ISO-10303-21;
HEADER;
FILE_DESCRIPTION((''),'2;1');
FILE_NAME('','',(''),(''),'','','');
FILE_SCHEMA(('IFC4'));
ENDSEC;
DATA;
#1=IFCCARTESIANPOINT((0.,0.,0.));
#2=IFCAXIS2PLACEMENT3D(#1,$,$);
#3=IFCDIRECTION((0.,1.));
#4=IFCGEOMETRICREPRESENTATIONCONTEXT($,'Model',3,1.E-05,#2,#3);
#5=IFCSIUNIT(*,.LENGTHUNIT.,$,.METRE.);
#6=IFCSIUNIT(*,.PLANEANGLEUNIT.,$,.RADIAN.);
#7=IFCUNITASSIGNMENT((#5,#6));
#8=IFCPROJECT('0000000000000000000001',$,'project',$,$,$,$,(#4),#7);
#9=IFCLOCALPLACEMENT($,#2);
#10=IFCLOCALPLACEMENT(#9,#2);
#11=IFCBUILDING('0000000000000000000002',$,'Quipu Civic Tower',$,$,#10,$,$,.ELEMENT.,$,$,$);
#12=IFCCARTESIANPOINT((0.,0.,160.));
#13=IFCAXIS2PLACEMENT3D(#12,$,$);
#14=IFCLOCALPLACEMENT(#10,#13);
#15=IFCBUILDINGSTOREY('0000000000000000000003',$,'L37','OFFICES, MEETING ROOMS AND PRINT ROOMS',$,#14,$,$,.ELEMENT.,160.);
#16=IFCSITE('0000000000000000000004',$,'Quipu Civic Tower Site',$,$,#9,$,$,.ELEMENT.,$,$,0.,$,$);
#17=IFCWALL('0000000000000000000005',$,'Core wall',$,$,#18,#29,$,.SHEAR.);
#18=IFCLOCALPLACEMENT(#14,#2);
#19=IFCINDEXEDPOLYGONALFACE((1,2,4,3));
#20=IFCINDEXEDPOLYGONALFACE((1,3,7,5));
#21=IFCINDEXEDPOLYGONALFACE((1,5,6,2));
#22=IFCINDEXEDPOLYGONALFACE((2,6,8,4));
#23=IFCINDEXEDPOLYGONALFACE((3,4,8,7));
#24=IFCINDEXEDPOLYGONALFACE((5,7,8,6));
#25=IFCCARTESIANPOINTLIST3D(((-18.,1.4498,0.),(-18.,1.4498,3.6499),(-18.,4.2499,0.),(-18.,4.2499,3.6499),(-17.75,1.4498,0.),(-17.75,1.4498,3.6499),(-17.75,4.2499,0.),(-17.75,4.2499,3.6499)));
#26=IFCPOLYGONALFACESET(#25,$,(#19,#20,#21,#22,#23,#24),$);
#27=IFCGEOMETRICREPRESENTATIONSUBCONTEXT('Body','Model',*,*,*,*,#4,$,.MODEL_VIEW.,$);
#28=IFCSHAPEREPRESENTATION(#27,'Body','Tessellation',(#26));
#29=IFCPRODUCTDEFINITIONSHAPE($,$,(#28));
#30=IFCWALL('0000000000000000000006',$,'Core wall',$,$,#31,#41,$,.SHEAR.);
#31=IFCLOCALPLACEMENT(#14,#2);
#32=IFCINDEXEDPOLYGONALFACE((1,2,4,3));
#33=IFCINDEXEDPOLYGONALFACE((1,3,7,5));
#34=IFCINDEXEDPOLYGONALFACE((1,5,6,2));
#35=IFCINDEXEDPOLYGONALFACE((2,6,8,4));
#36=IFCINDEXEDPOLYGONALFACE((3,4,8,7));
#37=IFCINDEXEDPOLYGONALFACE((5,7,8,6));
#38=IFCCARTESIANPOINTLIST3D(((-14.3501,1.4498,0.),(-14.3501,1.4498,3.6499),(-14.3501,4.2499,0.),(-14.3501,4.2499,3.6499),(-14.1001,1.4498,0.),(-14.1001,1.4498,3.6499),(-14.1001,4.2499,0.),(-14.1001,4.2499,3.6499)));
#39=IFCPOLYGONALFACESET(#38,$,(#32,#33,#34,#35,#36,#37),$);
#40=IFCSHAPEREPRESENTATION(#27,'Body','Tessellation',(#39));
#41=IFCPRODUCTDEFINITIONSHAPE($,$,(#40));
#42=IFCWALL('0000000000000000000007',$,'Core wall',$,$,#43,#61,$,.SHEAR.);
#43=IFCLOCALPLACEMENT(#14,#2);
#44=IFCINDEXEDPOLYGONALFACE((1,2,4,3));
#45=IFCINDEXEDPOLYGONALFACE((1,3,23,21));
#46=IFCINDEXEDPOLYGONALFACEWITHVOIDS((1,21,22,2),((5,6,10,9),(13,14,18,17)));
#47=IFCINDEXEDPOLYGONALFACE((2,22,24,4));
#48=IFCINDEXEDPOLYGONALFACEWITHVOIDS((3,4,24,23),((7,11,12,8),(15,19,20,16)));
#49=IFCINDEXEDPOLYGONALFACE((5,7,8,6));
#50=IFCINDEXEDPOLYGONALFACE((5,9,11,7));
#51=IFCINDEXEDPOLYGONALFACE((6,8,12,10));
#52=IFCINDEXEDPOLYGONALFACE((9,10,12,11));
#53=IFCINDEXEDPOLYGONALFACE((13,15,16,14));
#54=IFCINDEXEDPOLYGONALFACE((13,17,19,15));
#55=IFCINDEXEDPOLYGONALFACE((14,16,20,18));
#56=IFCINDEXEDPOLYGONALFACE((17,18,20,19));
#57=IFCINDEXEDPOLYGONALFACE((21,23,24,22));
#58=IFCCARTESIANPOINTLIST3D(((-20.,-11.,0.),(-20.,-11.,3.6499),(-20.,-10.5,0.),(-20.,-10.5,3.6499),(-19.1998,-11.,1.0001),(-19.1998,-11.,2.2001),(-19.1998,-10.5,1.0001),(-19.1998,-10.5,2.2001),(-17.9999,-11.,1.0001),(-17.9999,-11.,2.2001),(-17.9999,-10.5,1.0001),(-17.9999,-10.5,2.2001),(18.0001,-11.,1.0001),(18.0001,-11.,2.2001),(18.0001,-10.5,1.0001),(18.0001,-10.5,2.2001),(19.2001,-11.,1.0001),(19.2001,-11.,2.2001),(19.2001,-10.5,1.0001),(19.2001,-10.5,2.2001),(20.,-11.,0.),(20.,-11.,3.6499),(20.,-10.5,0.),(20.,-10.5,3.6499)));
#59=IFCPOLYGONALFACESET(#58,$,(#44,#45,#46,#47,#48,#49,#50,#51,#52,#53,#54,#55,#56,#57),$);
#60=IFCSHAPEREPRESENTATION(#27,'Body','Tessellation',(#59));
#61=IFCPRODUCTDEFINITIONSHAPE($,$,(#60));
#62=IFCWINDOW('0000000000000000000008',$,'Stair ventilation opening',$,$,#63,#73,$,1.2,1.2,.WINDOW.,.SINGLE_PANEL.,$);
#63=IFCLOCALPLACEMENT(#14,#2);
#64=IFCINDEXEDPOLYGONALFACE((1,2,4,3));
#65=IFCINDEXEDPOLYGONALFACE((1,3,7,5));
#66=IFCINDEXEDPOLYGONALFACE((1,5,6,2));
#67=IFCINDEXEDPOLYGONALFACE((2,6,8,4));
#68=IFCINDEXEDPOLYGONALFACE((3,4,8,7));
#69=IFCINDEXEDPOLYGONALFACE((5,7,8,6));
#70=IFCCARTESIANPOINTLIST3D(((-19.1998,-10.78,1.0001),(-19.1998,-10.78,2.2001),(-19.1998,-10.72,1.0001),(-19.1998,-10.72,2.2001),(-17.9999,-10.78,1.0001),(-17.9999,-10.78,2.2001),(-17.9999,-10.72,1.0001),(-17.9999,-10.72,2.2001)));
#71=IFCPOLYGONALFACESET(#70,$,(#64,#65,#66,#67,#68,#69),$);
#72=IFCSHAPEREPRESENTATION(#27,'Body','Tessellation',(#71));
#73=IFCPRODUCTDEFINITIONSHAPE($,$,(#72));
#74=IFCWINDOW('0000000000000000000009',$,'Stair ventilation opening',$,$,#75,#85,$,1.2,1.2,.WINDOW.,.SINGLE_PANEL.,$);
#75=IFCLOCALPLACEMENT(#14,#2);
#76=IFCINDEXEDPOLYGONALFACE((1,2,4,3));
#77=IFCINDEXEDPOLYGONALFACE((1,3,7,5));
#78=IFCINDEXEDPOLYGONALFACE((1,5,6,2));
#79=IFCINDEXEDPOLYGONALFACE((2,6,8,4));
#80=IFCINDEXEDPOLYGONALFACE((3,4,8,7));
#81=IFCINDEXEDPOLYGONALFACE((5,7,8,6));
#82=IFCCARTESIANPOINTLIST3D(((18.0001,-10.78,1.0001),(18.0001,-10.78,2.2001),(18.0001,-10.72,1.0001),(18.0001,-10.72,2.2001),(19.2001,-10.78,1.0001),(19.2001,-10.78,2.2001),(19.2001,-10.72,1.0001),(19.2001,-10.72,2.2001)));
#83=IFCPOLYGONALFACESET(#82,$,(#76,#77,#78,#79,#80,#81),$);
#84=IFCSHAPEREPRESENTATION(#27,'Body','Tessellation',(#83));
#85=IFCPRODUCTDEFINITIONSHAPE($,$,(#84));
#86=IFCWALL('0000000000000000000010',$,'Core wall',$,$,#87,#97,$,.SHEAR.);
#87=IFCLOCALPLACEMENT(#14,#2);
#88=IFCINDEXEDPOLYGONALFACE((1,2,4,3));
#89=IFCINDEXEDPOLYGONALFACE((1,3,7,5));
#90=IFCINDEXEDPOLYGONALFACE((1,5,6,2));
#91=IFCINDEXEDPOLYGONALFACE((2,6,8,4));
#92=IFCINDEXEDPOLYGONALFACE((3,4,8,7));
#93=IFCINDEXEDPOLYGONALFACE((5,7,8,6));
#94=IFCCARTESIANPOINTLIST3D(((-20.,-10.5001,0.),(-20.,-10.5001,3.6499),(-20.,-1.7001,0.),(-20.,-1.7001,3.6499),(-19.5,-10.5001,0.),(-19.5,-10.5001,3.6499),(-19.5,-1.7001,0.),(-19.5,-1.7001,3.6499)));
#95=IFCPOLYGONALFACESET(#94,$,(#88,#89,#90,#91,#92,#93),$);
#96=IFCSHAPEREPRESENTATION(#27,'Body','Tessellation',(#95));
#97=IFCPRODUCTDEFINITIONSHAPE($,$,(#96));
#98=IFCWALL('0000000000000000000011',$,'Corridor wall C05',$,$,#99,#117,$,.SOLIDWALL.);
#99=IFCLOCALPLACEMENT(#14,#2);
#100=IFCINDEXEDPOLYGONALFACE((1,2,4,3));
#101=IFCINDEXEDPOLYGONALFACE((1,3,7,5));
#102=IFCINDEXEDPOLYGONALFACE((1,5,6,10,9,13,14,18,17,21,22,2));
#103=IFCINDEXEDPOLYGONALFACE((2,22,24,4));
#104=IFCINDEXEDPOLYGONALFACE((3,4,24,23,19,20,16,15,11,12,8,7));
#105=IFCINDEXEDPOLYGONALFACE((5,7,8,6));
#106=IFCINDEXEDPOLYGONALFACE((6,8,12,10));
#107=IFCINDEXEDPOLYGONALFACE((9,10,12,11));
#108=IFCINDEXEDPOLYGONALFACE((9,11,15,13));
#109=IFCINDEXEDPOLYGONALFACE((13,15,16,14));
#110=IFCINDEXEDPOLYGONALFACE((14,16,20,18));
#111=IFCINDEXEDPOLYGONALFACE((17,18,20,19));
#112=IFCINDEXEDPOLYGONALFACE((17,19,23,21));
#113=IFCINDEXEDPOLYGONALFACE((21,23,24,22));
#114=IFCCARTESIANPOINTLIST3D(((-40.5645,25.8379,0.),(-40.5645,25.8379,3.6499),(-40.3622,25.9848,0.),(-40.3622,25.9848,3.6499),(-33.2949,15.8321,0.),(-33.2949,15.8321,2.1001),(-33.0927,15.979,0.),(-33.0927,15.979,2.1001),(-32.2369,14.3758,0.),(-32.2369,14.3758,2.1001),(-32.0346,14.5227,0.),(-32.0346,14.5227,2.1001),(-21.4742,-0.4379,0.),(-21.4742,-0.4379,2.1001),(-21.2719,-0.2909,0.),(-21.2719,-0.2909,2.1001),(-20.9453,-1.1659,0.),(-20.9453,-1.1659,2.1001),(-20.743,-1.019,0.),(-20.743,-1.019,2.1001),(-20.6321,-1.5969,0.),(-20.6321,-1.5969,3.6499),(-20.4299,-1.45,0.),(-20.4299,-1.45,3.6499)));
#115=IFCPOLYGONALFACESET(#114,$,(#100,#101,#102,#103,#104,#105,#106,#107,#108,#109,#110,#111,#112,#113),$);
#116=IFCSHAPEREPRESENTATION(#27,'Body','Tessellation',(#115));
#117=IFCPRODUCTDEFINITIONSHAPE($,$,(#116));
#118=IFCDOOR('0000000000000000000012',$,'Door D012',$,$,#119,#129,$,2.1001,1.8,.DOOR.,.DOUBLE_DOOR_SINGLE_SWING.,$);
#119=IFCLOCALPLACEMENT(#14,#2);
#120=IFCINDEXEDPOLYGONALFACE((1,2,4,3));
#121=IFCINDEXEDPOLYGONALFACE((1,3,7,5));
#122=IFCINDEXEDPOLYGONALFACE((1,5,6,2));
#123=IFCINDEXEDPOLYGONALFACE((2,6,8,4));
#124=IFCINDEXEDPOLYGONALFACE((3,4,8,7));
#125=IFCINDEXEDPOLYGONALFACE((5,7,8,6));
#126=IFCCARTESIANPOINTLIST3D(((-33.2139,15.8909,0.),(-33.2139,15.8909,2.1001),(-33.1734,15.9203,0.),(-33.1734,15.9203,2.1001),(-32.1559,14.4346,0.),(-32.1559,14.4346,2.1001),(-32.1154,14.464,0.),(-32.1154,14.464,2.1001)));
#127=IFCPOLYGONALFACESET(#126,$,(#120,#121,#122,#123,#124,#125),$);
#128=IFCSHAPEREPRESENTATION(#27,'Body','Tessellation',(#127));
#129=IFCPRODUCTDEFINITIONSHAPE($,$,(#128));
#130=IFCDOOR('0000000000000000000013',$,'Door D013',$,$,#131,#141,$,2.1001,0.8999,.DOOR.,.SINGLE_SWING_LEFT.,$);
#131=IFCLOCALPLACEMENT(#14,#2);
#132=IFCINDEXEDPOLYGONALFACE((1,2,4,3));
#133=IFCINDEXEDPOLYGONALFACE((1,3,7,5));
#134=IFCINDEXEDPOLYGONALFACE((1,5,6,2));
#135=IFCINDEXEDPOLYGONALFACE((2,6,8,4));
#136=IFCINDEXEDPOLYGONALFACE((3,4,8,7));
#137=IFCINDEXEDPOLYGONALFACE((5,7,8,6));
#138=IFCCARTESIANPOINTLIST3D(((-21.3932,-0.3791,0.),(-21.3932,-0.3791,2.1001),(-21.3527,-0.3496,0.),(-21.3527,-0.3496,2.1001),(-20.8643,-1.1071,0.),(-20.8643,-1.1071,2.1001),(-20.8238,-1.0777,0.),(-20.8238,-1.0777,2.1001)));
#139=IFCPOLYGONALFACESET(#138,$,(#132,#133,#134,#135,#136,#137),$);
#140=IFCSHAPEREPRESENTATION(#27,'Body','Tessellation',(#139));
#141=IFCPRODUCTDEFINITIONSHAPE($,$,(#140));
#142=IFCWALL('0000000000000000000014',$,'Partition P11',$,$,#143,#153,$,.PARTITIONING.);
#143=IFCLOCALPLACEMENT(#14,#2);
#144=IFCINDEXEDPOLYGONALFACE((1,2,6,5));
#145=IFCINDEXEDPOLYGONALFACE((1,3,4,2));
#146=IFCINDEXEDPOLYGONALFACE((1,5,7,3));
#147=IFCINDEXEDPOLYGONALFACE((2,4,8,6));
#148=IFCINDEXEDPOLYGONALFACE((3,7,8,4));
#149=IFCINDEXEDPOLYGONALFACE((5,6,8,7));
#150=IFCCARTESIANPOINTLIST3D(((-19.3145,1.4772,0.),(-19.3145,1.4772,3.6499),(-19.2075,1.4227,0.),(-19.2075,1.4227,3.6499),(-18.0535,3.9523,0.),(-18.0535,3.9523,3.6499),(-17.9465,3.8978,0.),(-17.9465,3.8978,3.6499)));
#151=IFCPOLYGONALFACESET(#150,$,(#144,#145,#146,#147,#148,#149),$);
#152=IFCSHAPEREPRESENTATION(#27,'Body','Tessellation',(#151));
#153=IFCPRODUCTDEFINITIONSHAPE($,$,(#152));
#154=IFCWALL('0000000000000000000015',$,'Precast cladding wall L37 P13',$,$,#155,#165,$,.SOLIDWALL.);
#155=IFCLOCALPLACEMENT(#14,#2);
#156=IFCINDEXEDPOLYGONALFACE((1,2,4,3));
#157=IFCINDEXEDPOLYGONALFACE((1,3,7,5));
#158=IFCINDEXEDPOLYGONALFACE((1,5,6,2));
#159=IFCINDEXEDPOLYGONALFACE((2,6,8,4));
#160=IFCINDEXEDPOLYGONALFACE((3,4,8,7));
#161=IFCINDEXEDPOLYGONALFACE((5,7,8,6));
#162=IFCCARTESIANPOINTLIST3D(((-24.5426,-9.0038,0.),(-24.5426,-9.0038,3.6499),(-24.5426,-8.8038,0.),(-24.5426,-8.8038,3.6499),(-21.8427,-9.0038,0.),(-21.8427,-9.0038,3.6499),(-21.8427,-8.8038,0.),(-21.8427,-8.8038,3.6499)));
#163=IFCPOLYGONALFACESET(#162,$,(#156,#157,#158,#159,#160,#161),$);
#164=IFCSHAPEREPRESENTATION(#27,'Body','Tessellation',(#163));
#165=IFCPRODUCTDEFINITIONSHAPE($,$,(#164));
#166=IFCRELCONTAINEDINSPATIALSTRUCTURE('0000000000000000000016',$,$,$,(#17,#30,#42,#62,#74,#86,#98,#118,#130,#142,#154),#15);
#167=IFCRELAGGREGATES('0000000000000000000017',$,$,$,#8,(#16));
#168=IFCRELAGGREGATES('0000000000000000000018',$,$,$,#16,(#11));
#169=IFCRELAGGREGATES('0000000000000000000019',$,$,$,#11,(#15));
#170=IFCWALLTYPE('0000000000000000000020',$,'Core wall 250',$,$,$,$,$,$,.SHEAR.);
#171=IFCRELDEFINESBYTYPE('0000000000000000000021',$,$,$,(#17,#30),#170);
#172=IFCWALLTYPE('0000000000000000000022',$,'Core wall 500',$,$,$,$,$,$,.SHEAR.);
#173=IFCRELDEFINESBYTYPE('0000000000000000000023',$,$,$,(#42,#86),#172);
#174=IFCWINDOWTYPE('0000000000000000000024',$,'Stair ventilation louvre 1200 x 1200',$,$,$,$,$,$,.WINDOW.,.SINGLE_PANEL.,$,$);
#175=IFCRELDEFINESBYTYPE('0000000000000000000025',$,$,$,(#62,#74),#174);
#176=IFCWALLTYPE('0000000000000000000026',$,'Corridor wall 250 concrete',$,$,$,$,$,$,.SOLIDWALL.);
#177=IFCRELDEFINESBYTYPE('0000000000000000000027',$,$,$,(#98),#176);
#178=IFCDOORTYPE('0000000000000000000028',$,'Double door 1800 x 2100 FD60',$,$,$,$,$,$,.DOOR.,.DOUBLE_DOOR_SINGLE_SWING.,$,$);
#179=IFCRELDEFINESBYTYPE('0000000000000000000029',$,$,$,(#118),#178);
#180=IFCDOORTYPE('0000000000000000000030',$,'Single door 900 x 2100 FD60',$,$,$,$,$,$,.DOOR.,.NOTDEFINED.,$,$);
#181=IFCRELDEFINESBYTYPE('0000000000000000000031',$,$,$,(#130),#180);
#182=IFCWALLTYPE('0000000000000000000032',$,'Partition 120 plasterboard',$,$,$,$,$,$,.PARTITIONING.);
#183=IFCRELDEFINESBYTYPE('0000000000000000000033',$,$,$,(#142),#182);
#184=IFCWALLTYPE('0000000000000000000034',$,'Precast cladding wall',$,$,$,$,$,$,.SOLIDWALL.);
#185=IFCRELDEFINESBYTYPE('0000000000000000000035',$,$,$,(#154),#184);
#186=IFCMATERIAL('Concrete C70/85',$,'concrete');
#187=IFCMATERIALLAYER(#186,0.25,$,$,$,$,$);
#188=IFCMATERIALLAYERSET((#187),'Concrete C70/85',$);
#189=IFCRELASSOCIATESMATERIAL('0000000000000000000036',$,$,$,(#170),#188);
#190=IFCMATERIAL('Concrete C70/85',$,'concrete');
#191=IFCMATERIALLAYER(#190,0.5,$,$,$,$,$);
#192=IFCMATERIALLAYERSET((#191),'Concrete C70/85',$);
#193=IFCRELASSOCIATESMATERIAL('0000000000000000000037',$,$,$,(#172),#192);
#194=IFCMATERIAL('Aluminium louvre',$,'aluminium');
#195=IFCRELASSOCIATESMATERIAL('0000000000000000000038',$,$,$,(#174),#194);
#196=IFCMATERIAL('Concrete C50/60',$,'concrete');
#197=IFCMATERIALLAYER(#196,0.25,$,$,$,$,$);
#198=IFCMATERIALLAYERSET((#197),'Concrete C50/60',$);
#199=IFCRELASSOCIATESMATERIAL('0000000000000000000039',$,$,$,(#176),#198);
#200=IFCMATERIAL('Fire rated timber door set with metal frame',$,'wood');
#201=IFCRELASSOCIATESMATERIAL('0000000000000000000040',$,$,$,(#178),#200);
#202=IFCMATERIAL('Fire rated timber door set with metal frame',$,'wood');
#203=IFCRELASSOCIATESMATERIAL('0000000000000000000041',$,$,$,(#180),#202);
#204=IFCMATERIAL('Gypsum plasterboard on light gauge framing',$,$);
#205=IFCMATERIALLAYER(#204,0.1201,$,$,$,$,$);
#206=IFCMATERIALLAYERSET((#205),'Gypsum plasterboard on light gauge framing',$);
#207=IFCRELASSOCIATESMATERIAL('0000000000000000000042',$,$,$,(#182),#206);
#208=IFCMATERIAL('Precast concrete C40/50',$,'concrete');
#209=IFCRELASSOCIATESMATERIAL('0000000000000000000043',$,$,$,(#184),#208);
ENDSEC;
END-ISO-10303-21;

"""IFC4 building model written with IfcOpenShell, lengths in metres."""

from ifc_helpers import new_model, si_unit, direction, frame, frame_2d, origin, place, context, subcontext, project, spatial, rectangle, extrude, material, layer, layer_set, type_object, element, fill, save


model = new_model("IFC4")

# Units and contexts
model_context = context("Model", 3, precision=1e-05, world=origin(), true_north=direction((0.0, 1.0)))
body_context = subcontext(model_context, "Body", "Model", "MODEL_VIEW")
ifc_project = project(units=[si_unit("LENGTHUNIT", "METRE"), si_unit("PLANEANGLEUNIT", "RADIAN")], contexts=[model_context])

# Site, building, storey
site_placement = place(None, origin())
site = spatial("IfcSite", under=ifc_project, at=site_placement, Name="Quipu Civic Tower Site", CompositionType="ELEMENT", RefElevation=0.0)
building_placement = place(site_placement, origin())
building = spatial("IfcBuilding", under=site, at=building_placement, Name="Quipu Civic Tower", CompositionType="ELEMENT")
storey_placement = place(building_placement, frame((0.0, 0.0, 160.0)))
storey = spatial("IfcBuildingStorey", under=building, at=storey_placement, Name="L37", Description="OFFICES, MEETING ROOMS AND PRINT ROOMS", CompositionType="ELEMENT", Elevation=160.0)

# Shared definitions
ifc_material_1 = material(Name="Concrete C70/85", Category="concrete")
ifc_layer_1 = layer(ifc_material_1, 0.25)
ifc_layer_set_1 = layer_set([ifc_layer_1], Name="Concrete C70/85")
wall_type_1 = type_object("IfcWallType", Name="Core wall 250", PredefinedType="SHEAR", material=ifc_layer_set_1)

# Walls
for number, where, z_axis, x_axis, name in (
    (1, (-17.875, 1.45, 0.0), (0.0, 0.0, 1.0), (0.0, 1.0, 0.0), "Core wall"),
    (2, (-14.2251, 1.45, 0.0), (0.0, 0.0, 1.0), (0.0, 1.0, 0.0), "Core wall"),
):
    element("IfcWall", number, at=place(storey_placement, frame(where, z_axis=z_axis, x_axis=x_axis)), inside=storey, type_object=wall_type_1, Name=name, PredefinedType="SHEAR", context=body_context, shape_type="SweptSolid", body=[
        extrude(rectangle(XDim=2.8, YDim=0.25, at=frame_2d((1.3999, 0.0))), origin(), (0.0, 0.0, 1.0), 3.6499),
    ])

# Wall, openings, windows
ifc_material_2 = material(Name="Concrete C70/85", Category="concrete")
ifc_layer_2 = layer(ifc_material_2, 0.5)
ifc_layer_set_2 = layer_set([ifc_layer_2], Name="Concrete C70/85")
wall_type_2 = type_object("IfcWallType", Name="Core wall 500", PredefinedType="SHEAR", material=ifc_layer_set_2)
wall_1_placement = place(storey_placement, frame((-20.0, -10.75, 0.0), z_axis=(0.0, 0.0, 1.0), x_axis=(1.0, 0.0, 0.0)))
wall_1 = element("IfcWall", 3, at=wall_1_placement, inside=storey, type_object=wall_type_2, Name="Core wall", PredefinedType="SHEAR", context=body_context, shape_type="SweptSolid", body=[
    extrude(rectangle(XDim=40.0, YDim=0.5, at=frame_2d((20.0, 0.0))), origin(), (0.0, 0.0, 1.0), 3.6499),
])
opening_1_placement = place(wall_1_placement, frame((0.8, 0.0, 1.0)))
opening_1 = element("IfcOpeningElement", 4, at=opening_1_placement, cuts=wall_1, PredefinedType="OPENING", context=body_context, shape_type="SweptSolid", body=[
    extrude(rectangle(XDim=1.2, YDim=1.2, at=frame_2d((0.6001, 0.6001))), frame((0.0, 0.26, 0.0), z_axis=(0.0, -1.0, 0.0), x_axis=(1.0, 0.0, 0.0)), (0.0, 0.0, 1.0), 0.52),
])
opening_2_placement = place(wall_1_placement, frame((38.0, 0.0, 1.0)))
opening_2 = element("IfcOpeningElement", 5, at=opening_2_placement, cuts=wall_1, PredefinedType="OPENING", context=body_context, shape_type="SweptSolid", body=[
    extrude(rectangle(XDim=1.2, YDim=1.2, at=frame_2d((0.6001, 0.6001))), frame((0.0, 0.26, 0.0), z_axis=(0.0, -1.0, 0.0), x_axis=(1.0, 0.0, 0.0)), (0.0, 0.0, 1.0), 0.52),
])
ifc_material_3 = material(Name="Aluminium louvre", Category="aluminium")
window_type = type_object("IfcWindowType", Name="Stair ventilation louvre 1200 x 1200", PartitioningType="SINGLE_PANEL", PredefinedType="WINDOW", material=ifc_material_3)
window_1_placement = place(opening_1_placement, origin())
window_1 = element("IfcWindow", 6, at=window_1_placement, inside=storey, type_object=window_type, Name="Stair ventilation opening", OverallHeight=1.2, OverallWidth=1.2, PartitioningType="SINGLE_PANEL", PredefinedType="WINDOW", context=body_context, shape_type="SweptSolid", body=[
    extrude(rectangle(XDim=1.2, YDim=1.2, at=frame_2d((0.6001, 0.6001))), frame((0.0, 0.03, 0.0), z_axis=(0.0, -1.0, 0.0), x_axis=(1.0, 0.0, 0.0)), (0.0, 0.0, 1.0), 0.0601),
])
fill(opening_1, window_1)
window_2_placement = place(opening_2_placement, origin())
window_2 = element("IfcWindow", 7, at=window_2_placement, inside=storey, type_object=window_type, Name="Stair ventilation opening", OverallHeight=1.2, OverallWidth=1.2, PartitioningType="SINGLE_PANEL", PredefinedType="WINDOW", context=body_context, shape_type="SweptSolid", body=[
    extrude(rectangle(XDim=1.2, YDim=1.2, at=frame_2d((0.6001, 0.6001))), frame((0.0, 0.03, 0.0), z_axis=(0.0, -1.0, 0.0), x_axis=(1.0, 0.0, 0.0)), (0.0, 0.0, 1.0), 0.0601),
])
fill(opening_2, window_2)

# Wall
wall_2_placement = place(storey_placement, frame((-19.75, -10.5, 0.0), z_axis=(0.0, 0.0, 1.0), x_axis=(0.0, 1.0, 0.0)))
element("IfcWall", 8, at=wall_2_placement, inside=storey, type_object=wall_type_2, Name="Core wall", PredefinedType="SHEAR", context=body_context, shape_type="SweptSolid", body=[
    extrude(rectangle(XDim=8.8, YDim=0.5, at=frame_2d((4.3999, 0.0))), origin(), (0.0, 0.0, 1.0), 3.6499),
])

# Wall, openings, doors
ifc_material_4 = material(Name="Concrete C50/60", Category="concrete")
ifc_layer_3 = layer(ifc_material_4, 0.25)
ifc_layer_set_3 = layer_set([ifc_layer_3], Name="Concrete C50/60")
wall_type_3 = type_object("IfcWallType", Name="Corridor wall 250 concrete", PredefinedType="SOLIDWALL", material=ifc_layer_set_3)
wall_3_placement = place(storey_placement, frame((-20.531, -1.5234, 0.0), z_axis=(0.0, 0.0, 1.0), x_axis=(-0.587782, 0.80902, 0.0)))
wall_3 = element("IfcWall", 9, at=wall_3_placement, inside=storey, type_object=wall_type_3, Name="Corridor wall C05", PredefinedType="SOLIDWALL", context=body_context, shape_type="SweptSolid", body=[
    extrude(rectangle(XDim=33.9111, YDim=0.25, at=frame_2d((16.9556, 0.0))), origin(), (0.0, 0.0, 1.0), 3.6499),
])
opening_3_placement = place(wall_3_placement, frame((19.7434, 0.0, 0.0)))
opening_3 = element("IfcOpeningElement", 10, at=opening_3_placement, cuts=wall_3, PredefinedType="OPENING", context=body_context, shape_type="SweptSolid", body=[
    extrude(rectangle(XDim=1.8, YDim=2.1001, at=frame_2d((0.8999, 1.05))), frame((0.0, 0.135, 0.0), z_axis=(0.0, -1.0, 0.0), x_axis=(1.0, 0.0, 0.0)), (0.0, 0.0, 1.0), 0.27),
])
opening_4_placement = place(wall_3_placement, frame((0.5327, 0.0, 0.0)))
opening_4 = element("IfcOpeningElement", 11, at=opening_4_placement, cuts=wall_3, PredefinedType="OPENING", context=body_context, shape_type="SweptSolid", body=[
    extrude(rectangle(XDim=0.8999, YDim=2.1001, at=frame_2d((0.45, 1.05))), frame((0.0, 0.135, 0.0), z_axis=(0.0, -1.0, 0.0), x_axis=(1.0, 0.0, 0.0)), (0.0, 0.0, 1.0), 0.27),
])
ifc_material_5 = material(Name="Fire rated timber door set with metal frame", Category="wood")
door_type_1 = type_object("IfcDoorType", Name="Double door 1800 x 2100 FD60", OperationType="DOUBLE_DOOR_SINGLE_SWING", PredefinedType="DOOR", material=ifc_material_5)
door_1_placement = place(opening_3_placement, origin())
door_1 = element("IfcDoor", 12, at=door_1_placement, inside=storey, type_object=door_type_1, Name="Door D012", OperationType="DOUBLE_DOOR_SINGLE_SWING", OverallHeight=2.1001, OverallWidth=1.8, PredefinedType="DOOR", context=body_context, shape_type="SweptSolid", body=[
    extrude(rectangle(XDim=1.8, YDim=2.1001, at=frame_2d((0.8999, 1.05))), frame((0.0, 0.0249, 0.0), z_axis=(0.0, -1.0, 0.0), x_axis=(1.0, 0.0, 0.0)), (0.0, 0.0, 1.0), 0.05),
])
fill(opening_3, door_1)
ifc_material_6 = material(Name="Fire rated timber door set with metal frame", Category="wood")
door_type_2 = type_object("IfcDoorType", Name="Single door 900 x 2100 FD60", OperationType="NOTDEFINED", PredefinedType="DOOR", material=ifc_material_6)
door_2_placement = place(opening_4_placement, origin())
door_2 = element("IfcDoor", 13, at=door_2_placement, inside=storey, type_object=door_type_2, Name="Door D013", OperationType="SINGLE_SWING_LEFT", OverallHeight=2.1001, OverallWidth=0.8999, PredefinedType="DOOR", context=body_context, shape_type="SweptSolid", body=[
    extrude(rectangle(XDim=0.8999, YDim=2.1001, at=frame_2d((0.45, 1.05))), frame((0.0, 0.0249, 0.0), z_axis=(0.0, -1.0, 0.0), x_axis=(1.0, 0.0, 0.0)), (0.0, 0.0, 1.0), 0.05),
])
fill(opening_4, door_2)

# Walls
ifc_material_7 = material(Name="Gypsum plasterboard on light gauge framing")
ifc_layer_4 = layer(ifc_material_7, 0.1201)
ifc_layer_set_4 = layer_set([ifc_layer_4], Name="Gypsum plasterboard on light gauge framing")
wall_type_4 = type_object("IfcWallType", Name="Partition 120 plasterboard", PredefinedType="PARTITIONING", material=ifc_layer_set_4)
wall_4_placement = place(storey_placement, frame((-19.261, 1.45, 0.0), z_axis=(0.0, 0.0, 1.0), x_axis=(0.453951, 0.891027, 0.0)))
element("IfcWall", 14, at=wall_4_placement, inside=storey, type_object=wall_type_4, Name="Partition P11", PredefinedType="PARTITIONING", context=body_context, shape_type="SweptSolid", body=[
    extrude(rectangle(XDim=2.7778, YDim=0.1201, at=frame_2d((1.3889, 0.0))), origin(), (0.0, 0.0, 1.0), 3.6499),
])
ifc_material_8 = material(Name="Precast concrete C40/50", Category="concrete")
wall_type_5 = type_object("IfcWallType", Name="Precast cladding wall", PredefinedType="SOLIDWALL", material=ifc_material_8)
wall_5_placement = place(storey_placement, frame((-24.5427, -8.9038, 0.0), z_axis=(0.0, 0.0, 1.0), x_axis=(1.0, 0.0, 0.0)))
element("IfcWall", 15, at=wall_5_placement, inside=storey, type_object=wall_type_5, Name="Precast cladding wall L37 P13", PredefinedType="SOLIDWALL", context=body_context, shape_type="SweptSolid", body=[
    extrude(rectangle(XDim=2.7, YDim=0.2, at=frame_2d((1.3501, 0.0))), origin(), (0.0, 0.0, 1.0), 3.6499),
])

save(model, "model.ifc")
